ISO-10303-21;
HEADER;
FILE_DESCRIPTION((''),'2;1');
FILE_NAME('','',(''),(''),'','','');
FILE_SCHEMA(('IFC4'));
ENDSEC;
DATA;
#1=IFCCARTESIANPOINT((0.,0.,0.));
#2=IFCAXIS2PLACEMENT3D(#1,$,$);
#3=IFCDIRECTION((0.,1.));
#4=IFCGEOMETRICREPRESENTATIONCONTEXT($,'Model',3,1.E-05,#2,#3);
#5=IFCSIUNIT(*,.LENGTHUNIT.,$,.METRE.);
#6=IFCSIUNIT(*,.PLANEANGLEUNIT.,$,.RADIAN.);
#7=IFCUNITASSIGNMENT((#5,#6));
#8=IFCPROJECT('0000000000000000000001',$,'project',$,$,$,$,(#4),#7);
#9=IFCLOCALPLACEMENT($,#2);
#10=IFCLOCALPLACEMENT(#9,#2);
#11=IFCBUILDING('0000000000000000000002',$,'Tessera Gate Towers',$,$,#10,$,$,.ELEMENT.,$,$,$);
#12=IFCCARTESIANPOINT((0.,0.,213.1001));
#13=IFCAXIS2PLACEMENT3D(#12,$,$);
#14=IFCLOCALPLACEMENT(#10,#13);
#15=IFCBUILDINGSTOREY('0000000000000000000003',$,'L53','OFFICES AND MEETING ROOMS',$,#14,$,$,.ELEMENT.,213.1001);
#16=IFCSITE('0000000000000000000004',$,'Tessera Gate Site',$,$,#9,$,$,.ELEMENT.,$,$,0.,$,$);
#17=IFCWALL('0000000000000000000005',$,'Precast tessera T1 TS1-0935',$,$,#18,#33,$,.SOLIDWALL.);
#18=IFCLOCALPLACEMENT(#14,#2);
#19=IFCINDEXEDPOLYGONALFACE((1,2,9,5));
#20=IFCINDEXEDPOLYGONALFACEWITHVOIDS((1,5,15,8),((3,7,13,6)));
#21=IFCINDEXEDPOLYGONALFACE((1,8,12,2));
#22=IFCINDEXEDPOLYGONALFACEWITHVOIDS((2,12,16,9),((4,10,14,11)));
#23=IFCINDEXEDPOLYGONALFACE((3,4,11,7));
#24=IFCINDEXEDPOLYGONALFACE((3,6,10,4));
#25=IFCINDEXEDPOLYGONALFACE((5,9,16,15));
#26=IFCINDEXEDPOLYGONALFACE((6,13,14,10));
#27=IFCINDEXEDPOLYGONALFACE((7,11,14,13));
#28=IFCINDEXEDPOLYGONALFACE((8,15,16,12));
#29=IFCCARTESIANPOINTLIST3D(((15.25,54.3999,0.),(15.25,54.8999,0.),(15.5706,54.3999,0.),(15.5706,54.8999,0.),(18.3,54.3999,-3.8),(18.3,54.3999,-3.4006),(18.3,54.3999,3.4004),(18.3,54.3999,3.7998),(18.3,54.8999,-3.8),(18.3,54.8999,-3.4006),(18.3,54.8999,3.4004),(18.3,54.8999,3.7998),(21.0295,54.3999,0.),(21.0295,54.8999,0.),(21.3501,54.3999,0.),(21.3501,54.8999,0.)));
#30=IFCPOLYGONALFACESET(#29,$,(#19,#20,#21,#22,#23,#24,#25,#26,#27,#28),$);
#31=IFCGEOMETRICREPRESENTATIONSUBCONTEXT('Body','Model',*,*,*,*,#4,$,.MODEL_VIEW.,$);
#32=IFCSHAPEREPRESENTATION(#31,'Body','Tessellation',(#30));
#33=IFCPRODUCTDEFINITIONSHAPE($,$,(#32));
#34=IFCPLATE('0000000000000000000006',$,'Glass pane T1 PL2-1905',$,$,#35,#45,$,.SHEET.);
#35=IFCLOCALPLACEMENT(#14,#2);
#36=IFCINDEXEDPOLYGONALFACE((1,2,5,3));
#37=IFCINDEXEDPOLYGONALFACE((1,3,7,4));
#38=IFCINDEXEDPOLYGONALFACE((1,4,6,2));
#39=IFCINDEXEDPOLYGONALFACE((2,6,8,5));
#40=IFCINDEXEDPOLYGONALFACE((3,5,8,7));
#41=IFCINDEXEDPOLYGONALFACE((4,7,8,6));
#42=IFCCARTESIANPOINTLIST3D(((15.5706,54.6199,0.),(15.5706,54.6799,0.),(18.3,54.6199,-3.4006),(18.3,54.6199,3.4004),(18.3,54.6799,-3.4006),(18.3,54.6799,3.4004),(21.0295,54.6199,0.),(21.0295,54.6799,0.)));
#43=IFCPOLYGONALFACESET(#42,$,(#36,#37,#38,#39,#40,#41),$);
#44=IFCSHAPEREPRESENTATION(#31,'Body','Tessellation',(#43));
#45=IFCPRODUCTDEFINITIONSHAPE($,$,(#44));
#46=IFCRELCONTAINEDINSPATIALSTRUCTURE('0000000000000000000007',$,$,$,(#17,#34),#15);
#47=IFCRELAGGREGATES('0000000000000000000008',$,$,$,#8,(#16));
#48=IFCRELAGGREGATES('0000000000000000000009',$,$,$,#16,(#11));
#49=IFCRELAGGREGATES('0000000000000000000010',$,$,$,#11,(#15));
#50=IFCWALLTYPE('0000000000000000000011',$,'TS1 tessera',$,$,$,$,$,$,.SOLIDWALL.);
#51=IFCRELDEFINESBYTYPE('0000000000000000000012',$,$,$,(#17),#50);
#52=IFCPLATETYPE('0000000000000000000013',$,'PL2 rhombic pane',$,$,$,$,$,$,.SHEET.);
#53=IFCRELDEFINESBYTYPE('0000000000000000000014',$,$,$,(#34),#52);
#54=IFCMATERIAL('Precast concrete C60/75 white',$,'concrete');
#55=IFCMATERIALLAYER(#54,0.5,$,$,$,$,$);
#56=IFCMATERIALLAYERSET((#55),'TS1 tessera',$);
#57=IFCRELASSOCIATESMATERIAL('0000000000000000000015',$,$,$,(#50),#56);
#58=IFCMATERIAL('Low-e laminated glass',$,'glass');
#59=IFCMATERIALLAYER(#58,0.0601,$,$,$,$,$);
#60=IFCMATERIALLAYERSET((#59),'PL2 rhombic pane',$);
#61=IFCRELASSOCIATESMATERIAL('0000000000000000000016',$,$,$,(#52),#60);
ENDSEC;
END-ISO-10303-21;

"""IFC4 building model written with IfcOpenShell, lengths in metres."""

from ifc_helpers import new_model, si_unit, direction, frame, origin, place, context, subcontext, project, spatial, polyline, outline, extrude, source, transform, mapped, material, layer, layer_set, type_object, element, fill, save


model = new_model("IFC4")

# Units and contexts
model_context = context("Model", 3, precision=1e-05, world=origin(), true_north=direction((0.0, 1.0)))
body_context = subcontext(model_context, "Body", "Model", "MODEL_VIEW")
ifc_project = project(units=[si_unit("LENGTHUNIT", "METRE"), si_unit("PLANEANGLEUNIT", "RADIAN")], contexts=[model_context])

# Site, building, storey
site_placement = place(None, origin())
site = spatial("IfcSite", under=ifc_project, at=site_placement, Name="Tessera Gate Site", CompositionType="ELEMENT", RefElevation=0.0)
building_placement = place(site_placement, origin())
building = spatial("IfcBuilding", under=site, at=building_placement, Name="Tessera Gate Towers", CompositionType="ELEMENT")
storey_placement = place(building_placement, frame((0.0, 0.0, 213.1001)))
storey = spatial("IfcBuildingStorey", under=building, at=storey_placement, Name="L53", Description="OFFICES AND MEETING ROOMS", CompositionType="ELEMENT", Elevation=213.1001)

# Wall, opening, plate
ifc_material_1 = material(Name="Precast concrete C60/75 white", Category="concrete")
ifc_layer_1 = layer(ifc_material_1, 0.5)
ifc_layer_set_1 = layer_set([ifc_layer_1], Name="TS1 tessera")
wall_type_1 = type_object("IfcWallType", Name="TS1 tessera", PredefinedType="SOLIDWALL", material=ifc_layer_set_1)
shared_shape_1 = source(origin(), body_context, "Body", "SweptSolid", [
    extrude(outline(polyline([(3.05, 0.0), (6.1001, 3.8), (3.05, 7.5999), (0.0, 3.8), (3.05, 0.0)])), frame((0.0, 0.25, 0.0), z_axis=(0.0, -1.0, 0.0), x_axis=(1.0, 0.0, 0.0)), (0.0, 0.0, 1.0), 0.5),
])
wall_1_placement = place(storey_placement, frame((21.3501, 54.6499, -3.8), z_axis=(0.0, 0.0, 1.0), x_axis=(-1.0, 0.0, 0.0)))
wall_1 = element("IfcWall", 1, at=wall_1_placement, inside=storey, type_object=wall_type_1, Name="Precast tessera T1 TS1-0935", PredefinedType="SOLIDWALL", context=body_context, shape_type="MappedRepresentation", body=[
    mapped(shared_shape_1, transform((0.0, 0.0, 0.0), scale=1.0)),
])
shared_shape_2 = source(origin(), body_context, "Body", "SweptSolid", [
    extrude(outline(polyline([(3.05, 0.3994), (5.7795, 3.8), (3.05, 7.2004), (0.3206, 3.8), (3.05, 0.3994)])), frame((0.0, 0.26, 0.0), z_axis=(0.0, -1.0, 0.0), x_axis=(1.0, 0.0, 0.0)), (0.0, 0.0, 1.0), 0.52),
])
opening_1_placement = place(wall_1_placement, origin())
opening_1 = element("IfcOpeningElement", 2, at=opening_1_placement, cuts=wall_1, PredefinedType="OPENING", context=body_context, shape_type="MappedRepresentation", body=[
    mapped(shared_shape_2, transform((0.0, 0.0, 0.0), scale=1.0)),
])
ifc_material_2 = material(Name="Low-e laminated glass", Category="glass")
ifc_layer_2 = layer(ifc_material_2, 0.0601)
ifc_layer_set_2 = layer_set([ifc_layer_2], Name="PL2 rhombic pane")
plate_type = type_object("IfcPlateType", Name="PL2 rhombic pane", PredefinedType="SHEET", material=ifc_layer_set_2)
shared_shape_3 = source(origin(), body_context, "Body", "SweptSolid", [
    extrude(outline(polyline([(3.05, 0.3994), (5.7795, 3.8), (3.05, 7.2004), (0.3206, 3.8), (3.05, 0.3994)])), frame((0.0, 0.03, 0.0), z_axis=(0.0, -1.0, 0.0), x_axis=(1.0, 0.0, 0.0)), (0.0, 0.0, 1.0), 0.0601),
])
plate_placement = place(opening_1_placement, origin())
plate = element("IfcPlate", 3, at=plate_placement, inside=storey, type_object=plate_type, Name="Glass pane T1 PL2-1905", PredefinedType="SHEET", context=body_context, shape_type="MappedRepresentation", body=[
    mapped(shared_shape_3, transform((0.0, 0.0, 0.0), scale=1.0)),
])
fill(opening_1, plate)

save(model, "model.ifc")
